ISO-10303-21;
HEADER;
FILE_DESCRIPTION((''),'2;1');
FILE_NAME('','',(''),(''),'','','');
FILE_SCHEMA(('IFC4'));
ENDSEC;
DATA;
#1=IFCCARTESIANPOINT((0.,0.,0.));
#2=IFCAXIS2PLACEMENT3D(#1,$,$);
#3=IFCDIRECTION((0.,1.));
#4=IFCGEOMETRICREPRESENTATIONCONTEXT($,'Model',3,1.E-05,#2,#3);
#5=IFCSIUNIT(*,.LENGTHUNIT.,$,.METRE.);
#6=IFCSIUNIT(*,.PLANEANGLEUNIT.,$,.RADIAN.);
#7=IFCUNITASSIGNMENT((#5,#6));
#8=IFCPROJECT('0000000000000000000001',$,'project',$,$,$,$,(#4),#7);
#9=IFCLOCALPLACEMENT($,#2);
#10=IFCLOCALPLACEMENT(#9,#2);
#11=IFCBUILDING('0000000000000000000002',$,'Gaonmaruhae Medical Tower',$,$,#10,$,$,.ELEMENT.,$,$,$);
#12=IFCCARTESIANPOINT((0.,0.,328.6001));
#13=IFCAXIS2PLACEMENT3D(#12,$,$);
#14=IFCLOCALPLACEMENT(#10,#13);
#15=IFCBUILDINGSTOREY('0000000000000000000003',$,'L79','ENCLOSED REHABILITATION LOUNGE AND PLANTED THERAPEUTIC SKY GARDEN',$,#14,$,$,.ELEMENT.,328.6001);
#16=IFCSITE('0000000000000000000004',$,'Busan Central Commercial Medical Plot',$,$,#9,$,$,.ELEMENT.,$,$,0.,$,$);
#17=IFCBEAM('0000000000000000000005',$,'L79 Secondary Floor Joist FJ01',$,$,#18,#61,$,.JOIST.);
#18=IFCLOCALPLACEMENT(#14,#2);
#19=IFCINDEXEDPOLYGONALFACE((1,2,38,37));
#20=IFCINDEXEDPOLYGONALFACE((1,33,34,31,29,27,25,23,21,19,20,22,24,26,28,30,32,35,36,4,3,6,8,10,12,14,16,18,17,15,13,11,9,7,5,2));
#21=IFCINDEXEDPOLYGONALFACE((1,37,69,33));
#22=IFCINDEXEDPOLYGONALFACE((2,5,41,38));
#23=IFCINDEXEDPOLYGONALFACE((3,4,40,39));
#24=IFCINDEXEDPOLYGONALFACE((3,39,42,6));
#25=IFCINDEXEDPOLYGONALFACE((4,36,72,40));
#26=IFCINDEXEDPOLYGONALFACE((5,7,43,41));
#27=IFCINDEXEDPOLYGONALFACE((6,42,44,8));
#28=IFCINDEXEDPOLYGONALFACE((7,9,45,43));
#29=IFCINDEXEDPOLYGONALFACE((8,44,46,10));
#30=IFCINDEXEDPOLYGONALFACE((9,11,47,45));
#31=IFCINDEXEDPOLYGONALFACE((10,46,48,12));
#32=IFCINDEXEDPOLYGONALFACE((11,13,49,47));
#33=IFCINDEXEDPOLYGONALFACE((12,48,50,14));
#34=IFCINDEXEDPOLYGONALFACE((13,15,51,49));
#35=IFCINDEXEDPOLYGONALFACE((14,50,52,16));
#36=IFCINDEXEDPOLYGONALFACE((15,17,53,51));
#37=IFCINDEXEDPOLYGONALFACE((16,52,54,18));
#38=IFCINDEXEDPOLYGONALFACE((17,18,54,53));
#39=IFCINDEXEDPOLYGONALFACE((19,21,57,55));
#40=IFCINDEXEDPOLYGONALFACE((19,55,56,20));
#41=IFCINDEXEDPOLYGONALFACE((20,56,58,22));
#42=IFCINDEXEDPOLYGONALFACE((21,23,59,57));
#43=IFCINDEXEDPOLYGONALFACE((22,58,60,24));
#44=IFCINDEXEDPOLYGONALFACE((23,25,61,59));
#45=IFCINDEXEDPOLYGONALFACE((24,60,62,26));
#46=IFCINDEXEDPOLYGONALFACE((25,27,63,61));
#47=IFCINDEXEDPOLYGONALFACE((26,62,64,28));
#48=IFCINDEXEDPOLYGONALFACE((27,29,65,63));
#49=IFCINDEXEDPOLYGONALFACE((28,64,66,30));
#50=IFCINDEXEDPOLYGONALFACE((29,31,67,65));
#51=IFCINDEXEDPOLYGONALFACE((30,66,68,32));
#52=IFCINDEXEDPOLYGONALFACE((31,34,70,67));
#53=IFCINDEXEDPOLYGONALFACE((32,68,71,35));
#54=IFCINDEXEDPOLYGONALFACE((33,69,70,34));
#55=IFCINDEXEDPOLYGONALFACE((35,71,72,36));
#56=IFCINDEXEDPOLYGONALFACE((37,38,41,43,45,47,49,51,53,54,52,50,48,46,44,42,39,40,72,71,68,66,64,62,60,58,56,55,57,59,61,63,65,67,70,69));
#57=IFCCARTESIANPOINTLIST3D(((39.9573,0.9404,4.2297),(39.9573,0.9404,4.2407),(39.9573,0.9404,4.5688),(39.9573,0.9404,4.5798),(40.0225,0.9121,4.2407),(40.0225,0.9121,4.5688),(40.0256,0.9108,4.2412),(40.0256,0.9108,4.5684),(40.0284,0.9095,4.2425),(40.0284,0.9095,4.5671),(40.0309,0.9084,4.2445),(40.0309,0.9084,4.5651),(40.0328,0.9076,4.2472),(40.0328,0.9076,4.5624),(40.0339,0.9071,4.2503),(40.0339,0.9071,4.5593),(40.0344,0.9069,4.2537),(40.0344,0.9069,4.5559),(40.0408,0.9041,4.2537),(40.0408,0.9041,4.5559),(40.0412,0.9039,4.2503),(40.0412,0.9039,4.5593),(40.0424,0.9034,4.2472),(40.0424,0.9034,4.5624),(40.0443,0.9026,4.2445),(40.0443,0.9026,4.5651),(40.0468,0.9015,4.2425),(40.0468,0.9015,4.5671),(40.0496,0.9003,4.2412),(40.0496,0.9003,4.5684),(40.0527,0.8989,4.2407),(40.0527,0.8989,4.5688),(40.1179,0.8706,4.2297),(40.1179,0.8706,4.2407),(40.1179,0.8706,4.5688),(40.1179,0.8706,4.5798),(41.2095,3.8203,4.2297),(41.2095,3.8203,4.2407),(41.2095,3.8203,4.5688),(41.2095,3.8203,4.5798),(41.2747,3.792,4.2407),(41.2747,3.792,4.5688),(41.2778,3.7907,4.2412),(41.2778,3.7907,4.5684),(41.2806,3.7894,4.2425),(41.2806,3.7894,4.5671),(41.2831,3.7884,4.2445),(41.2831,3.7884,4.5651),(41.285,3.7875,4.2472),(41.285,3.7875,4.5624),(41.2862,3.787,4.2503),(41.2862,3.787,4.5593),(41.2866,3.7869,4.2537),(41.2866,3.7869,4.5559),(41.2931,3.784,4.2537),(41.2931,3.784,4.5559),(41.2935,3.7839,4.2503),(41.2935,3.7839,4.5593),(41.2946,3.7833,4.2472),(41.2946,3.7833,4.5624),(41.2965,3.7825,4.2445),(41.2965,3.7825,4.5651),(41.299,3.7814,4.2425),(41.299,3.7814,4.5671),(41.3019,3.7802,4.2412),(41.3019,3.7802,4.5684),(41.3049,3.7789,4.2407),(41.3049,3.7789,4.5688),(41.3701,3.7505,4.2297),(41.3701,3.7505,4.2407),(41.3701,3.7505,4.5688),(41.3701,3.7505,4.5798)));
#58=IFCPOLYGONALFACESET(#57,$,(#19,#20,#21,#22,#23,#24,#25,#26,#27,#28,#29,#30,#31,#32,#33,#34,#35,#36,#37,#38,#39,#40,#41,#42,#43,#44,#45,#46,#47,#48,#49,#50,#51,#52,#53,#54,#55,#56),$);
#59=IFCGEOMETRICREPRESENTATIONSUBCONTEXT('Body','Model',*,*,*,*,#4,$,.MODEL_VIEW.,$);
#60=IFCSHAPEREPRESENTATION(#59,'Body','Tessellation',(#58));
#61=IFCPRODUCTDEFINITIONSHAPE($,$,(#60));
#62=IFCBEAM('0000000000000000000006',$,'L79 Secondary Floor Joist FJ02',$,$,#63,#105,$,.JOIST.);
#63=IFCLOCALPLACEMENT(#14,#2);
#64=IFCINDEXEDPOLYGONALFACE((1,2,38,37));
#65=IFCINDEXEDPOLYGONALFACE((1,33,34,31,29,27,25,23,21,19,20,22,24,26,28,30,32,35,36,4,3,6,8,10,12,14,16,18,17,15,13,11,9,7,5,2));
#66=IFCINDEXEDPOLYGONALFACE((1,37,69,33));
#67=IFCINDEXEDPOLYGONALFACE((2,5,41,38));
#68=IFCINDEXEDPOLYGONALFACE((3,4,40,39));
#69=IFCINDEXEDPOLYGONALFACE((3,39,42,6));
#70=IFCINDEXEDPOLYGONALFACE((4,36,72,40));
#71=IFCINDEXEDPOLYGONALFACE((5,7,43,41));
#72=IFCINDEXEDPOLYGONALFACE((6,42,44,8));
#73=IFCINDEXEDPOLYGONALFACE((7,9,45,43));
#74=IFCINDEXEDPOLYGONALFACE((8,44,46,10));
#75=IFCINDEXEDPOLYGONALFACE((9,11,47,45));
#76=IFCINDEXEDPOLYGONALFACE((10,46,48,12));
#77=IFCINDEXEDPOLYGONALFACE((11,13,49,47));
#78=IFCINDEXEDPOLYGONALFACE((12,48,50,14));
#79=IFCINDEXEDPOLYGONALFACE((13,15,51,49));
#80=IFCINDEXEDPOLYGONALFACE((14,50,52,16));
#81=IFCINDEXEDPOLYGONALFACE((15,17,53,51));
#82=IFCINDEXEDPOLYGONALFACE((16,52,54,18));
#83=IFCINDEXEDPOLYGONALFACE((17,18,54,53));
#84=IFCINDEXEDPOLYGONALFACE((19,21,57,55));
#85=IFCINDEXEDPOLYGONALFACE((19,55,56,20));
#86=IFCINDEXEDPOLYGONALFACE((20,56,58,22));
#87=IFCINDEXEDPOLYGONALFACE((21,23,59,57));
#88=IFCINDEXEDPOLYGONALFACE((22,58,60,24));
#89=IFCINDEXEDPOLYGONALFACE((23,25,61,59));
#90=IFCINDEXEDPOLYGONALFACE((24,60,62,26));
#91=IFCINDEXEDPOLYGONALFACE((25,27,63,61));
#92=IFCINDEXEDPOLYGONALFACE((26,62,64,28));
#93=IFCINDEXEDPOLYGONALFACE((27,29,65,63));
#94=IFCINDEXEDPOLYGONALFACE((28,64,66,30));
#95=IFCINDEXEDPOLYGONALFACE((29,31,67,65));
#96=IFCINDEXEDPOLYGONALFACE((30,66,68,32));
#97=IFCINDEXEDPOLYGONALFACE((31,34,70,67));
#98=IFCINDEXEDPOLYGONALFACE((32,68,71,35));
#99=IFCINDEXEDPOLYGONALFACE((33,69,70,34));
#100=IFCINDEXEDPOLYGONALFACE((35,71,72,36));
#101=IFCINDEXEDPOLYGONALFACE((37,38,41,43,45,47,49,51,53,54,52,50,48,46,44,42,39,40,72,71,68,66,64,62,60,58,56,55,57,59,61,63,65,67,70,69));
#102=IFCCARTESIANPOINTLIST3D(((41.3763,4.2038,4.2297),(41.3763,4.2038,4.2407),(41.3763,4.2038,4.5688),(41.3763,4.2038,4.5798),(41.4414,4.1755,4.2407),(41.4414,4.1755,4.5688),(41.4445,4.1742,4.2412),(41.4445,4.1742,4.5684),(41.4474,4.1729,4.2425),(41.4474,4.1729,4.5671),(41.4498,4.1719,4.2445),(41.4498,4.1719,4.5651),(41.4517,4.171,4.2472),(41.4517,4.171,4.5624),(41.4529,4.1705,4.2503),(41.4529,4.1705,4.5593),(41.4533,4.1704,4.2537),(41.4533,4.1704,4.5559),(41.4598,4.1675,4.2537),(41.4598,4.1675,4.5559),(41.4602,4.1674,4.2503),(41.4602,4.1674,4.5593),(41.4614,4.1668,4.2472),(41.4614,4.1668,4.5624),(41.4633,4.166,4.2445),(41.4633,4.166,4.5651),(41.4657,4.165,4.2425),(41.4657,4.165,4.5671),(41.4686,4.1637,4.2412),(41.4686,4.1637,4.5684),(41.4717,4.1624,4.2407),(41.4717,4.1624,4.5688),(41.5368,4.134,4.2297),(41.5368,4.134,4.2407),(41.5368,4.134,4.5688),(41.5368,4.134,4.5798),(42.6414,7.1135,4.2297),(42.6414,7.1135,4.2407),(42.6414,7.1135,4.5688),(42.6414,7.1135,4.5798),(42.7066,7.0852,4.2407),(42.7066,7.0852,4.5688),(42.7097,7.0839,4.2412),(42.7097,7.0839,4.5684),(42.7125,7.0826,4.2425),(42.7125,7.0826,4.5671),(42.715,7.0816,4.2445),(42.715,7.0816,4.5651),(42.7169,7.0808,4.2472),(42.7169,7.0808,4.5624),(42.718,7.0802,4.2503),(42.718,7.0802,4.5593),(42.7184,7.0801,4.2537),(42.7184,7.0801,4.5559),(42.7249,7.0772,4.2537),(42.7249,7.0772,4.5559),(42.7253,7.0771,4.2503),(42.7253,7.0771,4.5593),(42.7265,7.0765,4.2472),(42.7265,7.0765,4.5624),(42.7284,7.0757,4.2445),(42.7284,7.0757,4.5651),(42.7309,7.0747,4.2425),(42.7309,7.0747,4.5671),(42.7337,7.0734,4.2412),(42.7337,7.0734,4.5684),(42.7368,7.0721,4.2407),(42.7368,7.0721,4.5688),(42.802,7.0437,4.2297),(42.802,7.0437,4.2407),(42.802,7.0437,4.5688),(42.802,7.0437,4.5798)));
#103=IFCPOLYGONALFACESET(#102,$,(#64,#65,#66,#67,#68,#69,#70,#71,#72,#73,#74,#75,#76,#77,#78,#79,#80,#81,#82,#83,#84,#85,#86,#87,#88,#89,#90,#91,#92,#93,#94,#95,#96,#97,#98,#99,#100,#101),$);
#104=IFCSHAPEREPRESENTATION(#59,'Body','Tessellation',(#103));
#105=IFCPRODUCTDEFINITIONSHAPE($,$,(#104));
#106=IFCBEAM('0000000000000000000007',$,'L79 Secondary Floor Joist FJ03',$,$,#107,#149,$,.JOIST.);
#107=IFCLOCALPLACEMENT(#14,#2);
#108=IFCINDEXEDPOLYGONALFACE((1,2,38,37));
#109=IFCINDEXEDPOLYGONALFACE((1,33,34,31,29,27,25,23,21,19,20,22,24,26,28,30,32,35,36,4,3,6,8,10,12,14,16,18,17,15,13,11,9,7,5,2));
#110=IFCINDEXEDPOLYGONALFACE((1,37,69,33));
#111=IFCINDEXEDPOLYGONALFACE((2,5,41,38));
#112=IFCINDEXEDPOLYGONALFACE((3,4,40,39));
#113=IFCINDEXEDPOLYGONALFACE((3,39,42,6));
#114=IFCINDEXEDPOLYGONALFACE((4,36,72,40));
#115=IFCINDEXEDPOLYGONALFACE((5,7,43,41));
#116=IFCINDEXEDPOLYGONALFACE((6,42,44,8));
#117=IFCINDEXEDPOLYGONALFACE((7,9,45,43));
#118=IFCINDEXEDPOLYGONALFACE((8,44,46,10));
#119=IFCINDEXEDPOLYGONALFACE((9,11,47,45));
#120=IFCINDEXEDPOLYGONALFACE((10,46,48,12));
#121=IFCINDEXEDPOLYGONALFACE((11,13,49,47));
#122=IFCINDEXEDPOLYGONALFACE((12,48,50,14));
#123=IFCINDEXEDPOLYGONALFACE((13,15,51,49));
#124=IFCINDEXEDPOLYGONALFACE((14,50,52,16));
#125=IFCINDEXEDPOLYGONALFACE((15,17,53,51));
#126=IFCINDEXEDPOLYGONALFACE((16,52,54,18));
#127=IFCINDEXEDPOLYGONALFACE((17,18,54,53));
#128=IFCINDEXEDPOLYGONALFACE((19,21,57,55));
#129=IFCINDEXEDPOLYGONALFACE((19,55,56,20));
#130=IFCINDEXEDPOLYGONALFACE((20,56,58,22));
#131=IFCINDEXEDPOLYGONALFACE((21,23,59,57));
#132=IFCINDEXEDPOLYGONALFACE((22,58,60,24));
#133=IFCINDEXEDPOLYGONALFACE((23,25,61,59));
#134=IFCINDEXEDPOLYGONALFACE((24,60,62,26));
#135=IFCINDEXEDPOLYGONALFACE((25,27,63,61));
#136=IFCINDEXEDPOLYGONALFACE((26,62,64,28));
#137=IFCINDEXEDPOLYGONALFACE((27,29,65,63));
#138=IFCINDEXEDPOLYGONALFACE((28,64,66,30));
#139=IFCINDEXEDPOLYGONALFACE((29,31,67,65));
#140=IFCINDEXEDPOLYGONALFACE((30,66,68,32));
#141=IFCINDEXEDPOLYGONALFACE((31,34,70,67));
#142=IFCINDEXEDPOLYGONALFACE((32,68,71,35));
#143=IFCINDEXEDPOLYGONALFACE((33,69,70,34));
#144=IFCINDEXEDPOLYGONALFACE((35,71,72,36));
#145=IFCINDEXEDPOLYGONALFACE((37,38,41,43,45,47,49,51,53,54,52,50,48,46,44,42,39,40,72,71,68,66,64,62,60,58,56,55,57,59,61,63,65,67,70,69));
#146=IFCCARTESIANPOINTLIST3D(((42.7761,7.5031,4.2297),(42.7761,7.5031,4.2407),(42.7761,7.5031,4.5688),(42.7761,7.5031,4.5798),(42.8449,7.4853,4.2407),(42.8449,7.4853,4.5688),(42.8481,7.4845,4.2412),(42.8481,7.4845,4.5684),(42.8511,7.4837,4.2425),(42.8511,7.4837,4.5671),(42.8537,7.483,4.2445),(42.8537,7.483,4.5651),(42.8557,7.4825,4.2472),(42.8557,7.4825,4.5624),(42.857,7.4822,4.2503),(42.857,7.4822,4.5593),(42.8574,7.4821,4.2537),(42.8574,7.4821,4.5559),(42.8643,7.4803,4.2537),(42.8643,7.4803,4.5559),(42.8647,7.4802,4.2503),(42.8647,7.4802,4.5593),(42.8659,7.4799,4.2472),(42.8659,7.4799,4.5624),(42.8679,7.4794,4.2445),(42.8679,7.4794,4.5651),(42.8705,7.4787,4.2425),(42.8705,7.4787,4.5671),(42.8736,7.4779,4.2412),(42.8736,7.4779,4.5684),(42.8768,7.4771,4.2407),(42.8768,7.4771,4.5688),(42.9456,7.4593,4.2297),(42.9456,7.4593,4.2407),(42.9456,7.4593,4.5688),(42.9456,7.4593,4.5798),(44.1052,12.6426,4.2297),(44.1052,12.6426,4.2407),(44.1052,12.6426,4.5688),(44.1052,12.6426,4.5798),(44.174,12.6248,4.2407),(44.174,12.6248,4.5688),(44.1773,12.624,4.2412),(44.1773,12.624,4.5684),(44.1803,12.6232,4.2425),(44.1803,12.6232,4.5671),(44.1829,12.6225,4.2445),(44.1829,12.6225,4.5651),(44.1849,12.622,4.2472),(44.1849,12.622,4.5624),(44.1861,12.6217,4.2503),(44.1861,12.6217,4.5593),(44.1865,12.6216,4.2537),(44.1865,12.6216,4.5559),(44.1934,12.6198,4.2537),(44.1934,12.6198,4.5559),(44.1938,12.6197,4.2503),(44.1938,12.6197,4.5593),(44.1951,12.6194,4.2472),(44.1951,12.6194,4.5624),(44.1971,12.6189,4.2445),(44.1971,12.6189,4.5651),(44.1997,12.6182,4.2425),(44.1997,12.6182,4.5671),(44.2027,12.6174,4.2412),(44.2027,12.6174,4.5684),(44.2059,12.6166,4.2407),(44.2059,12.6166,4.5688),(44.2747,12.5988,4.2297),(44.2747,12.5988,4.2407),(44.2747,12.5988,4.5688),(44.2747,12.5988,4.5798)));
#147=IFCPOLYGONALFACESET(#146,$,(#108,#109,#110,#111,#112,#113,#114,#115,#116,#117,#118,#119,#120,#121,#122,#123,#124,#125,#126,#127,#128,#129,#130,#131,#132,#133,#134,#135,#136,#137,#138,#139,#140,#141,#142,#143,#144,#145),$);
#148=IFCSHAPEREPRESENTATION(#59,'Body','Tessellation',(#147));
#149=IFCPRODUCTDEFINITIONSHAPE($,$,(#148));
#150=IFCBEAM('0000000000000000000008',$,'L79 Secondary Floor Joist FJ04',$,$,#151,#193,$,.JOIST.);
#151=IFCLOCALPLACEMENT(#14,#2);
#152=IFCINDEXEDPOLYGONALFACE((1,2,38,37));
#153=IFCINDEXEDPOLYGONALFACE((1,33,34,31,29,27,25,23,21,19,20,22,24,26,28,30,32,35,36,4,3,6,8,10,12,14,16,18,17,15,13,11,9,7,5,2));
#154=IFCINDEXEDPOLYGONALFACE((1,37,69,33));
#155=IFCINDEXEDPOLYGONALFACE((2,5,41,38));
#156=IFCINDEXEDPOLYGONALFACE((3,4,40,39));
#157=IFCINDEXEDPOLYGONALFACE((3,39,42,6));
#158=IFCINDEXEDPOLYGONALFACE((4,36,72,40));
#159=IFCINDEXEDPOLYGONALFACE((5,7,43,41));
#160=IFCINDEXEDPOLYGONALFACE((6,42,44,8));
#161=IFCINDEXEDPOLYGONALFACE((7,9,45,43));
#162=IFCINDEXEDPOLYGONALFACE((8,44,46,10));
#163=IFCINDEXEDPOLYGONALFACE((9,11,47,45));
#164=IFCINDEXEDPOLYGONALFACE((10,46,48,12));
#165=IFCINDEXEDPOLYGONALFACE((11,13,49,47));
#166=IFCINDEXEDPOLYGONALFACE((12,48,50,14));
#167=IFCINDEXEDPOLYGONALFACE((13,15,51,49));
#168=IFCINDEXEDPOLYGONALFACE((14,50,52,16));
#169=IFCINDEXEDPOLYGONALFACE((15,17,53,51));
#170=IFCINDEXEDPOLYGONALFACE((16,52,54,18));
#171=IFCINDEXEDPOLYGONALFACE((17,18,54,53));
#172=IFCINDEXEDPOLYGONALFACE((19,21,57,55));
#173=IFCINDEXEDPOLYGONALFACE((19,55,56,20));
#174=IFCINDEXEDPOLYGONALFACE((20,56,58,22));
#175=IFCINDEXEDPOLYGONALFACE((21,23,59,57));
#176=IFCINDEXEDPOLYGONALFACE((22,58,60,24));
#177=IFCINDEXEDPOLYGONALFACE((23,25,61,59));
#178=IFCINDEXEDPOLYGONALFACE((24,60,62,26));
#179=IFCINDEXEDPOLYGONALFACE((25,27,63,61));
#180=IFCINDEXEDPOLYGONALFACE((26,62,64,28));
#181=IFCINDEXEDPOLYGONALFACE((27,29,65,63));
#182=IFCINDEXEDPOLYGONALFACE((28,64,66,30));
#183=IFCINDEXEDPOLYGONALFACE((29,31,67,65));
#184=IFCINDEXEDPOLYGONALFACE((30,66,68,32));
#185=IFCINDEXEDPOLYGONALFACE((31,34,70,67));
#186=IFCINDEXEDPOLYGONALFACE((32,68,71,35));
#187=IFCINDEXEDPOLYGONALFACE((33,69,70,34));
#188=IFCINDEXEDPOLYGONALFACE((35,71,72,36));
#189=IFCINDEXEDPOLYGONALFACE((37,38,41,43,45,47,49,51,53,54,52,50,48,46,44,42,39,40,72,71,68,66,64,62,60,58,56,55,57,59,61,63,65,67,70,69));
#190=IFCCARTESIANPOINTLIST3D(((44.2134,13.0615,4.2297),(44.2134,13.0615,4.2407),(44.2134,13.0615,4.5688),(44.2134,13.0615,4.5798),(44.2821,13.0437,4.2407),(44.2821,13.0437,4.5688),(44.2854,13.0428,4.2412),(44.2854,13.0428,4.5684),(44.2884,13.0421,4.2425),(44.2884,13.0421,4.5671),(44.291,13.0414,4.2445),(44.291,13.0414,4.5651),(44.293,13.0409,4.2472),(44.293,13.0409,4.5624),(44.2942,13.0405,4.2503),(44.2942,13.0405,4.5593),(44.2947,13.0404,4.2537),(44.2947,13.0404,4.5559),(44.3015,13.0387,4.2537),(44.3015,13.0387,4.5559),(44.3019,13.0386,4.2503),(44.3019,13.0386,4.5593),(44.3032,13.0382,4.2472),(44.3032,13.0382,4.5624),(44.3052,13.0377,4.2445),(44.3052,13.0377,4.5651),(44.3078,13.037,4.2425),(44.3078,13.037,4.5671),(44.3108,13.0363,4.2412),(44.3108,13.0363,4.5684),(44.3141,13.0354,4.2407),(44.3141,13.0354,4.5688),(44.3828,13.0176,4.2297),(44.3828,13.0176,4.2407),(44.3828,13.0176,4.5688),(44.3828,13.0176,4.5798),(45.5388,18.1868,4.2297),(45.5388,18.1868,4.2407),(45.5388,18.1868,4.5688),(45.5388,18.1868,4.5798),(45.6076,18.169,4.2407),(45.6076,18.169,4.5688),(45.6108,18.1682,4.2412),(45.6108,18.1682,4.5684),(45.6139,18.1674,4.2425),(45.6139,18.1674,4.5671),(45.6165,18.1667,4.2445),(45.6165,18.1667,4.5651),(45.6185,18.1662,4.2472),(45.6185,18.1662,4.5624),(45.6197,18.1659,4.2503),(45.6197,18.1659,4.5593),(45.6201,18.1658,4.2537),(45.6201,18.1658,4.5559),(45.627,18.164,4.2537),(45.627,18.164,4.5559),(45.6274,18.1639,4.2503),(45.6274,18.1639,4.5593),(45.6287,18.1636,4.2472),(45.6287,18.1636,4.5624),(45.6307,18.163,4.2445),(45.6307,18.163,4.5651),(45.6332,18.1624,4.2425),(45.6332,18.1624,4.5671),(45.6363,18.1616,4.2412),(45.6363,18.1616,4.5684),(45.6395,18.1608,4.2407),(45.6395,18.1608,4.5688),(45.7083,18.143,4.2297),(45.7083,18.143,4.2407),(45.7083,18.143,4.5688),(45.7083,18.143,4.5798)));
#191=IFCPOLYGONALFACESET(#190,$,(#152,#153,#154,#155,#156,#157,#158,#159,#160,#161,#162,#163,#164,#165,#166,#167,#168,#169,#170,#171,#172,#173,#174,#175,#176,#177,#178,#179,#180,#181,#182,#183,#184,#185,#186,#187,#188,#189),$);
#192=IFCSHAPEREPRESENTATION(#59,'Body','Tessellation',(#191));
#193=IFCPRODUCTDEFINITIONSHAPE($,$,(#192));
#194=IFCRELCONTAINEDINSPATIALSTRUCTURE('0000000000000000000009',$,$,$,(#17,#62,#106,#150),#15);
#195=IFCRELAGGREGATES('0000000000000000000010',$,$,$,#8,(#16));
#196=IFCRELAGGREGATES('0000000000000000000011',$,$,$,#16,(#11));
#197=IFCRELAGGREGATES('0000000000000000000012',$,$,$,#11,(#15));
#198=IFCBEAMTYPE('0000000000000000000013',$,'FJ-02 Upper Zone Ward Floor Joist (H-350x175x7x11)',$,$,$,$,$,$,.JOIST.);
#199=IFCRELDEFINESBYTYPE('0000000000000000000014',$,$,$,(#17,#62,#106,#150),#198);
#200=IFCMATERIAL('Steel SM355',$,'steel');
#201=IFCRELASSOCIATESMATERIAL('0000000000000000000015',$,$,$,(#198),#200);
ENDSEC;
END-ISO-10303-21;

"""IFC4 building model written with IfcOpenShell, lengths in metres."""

from ifc_helpers import new_model, si_unit, direction, frame, origin, origin_2d, place, context, subcontext, project, spatial, i_section, extrude, material, material_profile, profile_set, type_object, element, save


model = new_model("IFC4")

# Units and contexts
model_context = context("Model", 3, precision=1e-05, world=origin(), true_north=direction((0.0, 1.0)))
body_context = subcontext(model_context, "Body", "Model", "MODEL_VIEW")
ifc_project = project(units=[si_unit("LENGTHUNIT", "METRE"), si_unit("PLANEANGLEUNIT", "RADIAN")], contexts=[model_context])

# Site, building, storey
site_placement = place(None, origin())
site = spatial("IfcSite", under=ifc_project, at=site_placement, Name="Busan Central Commercial Medical Plot", CompositionType="ELEMENT", RefElevation=0.0)
building_placement = place(site_placement, origin())
building = spatial("IfcBuilding", under=site, at=building_placement, Name="Gaonmaruhae Medical Tower", CompositionType="ELEMENT")
storey_placement = place(building_placement, frame((0.0, 0.0, 328.6001)))
storey = spatial("IfcBuildingStorey", under=building, at=storey_placement, Name="L79", Description="ENCLOSED REHABILITATION LOUNGE AND PLANTED THERAPEUTIC SKY GARDEN", CompositionType="ELEMENT", Elevation=328.6001)

# Beams
ifc_material_1 = material(Name="Steel SM355", Category="steel")
ifc_material_profile_1 = material_profile(ifc_material_1, i_section(OverallWidth=0.175, OverallDepth=0.3501, WebThickness=0.0071, FlangeThickness=0.011, FilletRadius=0.0129, at=origin_2d()), Name="H-350x175x7x11")
ifc_profile_set_1 = profile_set([ifc_material_profile_1], Name="Steel SM355")
beam_type_1 = type_object("IfcBeamType", Name="FJ-02 Upper Zone Ward Floor Joist (H-350x175x7x11)", PredefinedType="JOIST", material=ifc_profile_set_1)
beam_1_placement = place(storey_placement, frame((40.0376, 0.9055, 4.4048), z_axis=(0.398746, 0.917061, 0.0), x_axis=(-0.917061, 0.398746, 0.0)))
element("IfcBeam", 1, at=beam_1_placement, inside=storey, type_object=beam_type_1, Name="L79 Secondary Floor Joist FJ01", PredefinedType="JOIST", context=body_context, shape_type="SweptSolid", body=[
    extrude(i_section(OverallWidth=0.175, OverallDepth=0.3501, WebThickness=0.0071, FlangeThickness=0.011, FilletRadius=0.0129, at=origin_2d()), origin(), (0.0, 0.0, 1.0), 3.1404),
])
beam_2_placement = place(storey_placement, frame((41.4565, 4.1689, 4.4048), z_axis=(0.398743, 0.917063, 0.0), x_axis=(-0.917063, 0.398743, 0.0)))
element("IfcBeam", 2, at=beam_2_placement, inside=storey, type_object=beam_type_1, Name="L79 Secondary Floor Joist FJ02", PredefinedType="JOIST", context=body_context, shape_type="SweptSolid", body=[
    extrude(i_section(OverallWidth=0.175, OverallDepth=0.3501, WebThickness=0.0071, FlangeThickness=0.011, FilletRadius=0.0129, at=origin_2d()), origin(), (0.0, 0.0, 1.0), 3.1729),
])
beam_3_placement = place(storey_placement, frame((42.8608, 7.4812, 4.4048), z_axis=(0.250373, 0.968149, 0.0), x_axis=(-0.968149, 0.250373, 0.0)))
element("IfcBeam", 3, at=beam_3_placement, inside=storey, type_object=beam_type_1, Name="L79 Secondary Floor Joist FJ03", PredefinedType="JOIST", context=body_context, shape_type="SweptSolid", body=[
    extrude(i_section(OverallWidth=0.175, OverallDepth=0.3501, WebThickness=0.0071, FlangeThickness=0.011, FilletRadius=0.0129, at=origin_2d()), origin(), (0.0, 0.0, 1.0), 5.3086),
])
beam_4_placement = place(storey_placement, frame((44.2981, 13.0396, 4.4048), z_axis=(0.250373, 0.968149, 0.0), x_axis=(-0.968149, 0.250373, 0.0)))
element("IfcBeam", 4, at=beam_4_placement, inside=storey, type_object=beam_type_1, Name="L79 Secondary Floor Joist FJ04", PredefinedType="JOIST", context=body_context, shape_type="SweptSolid", body=[
    extrude(i_section(OverallWidth=0.175, OverallDepth=0.3501, WebThickness=0.0071, FlangeThickness=0.011, FilletRadius=0.0129, at=origin_2d()), origin(), (0.0, 0.0, 1.0), 5.2939),
])

save(model, "model.ifc")
